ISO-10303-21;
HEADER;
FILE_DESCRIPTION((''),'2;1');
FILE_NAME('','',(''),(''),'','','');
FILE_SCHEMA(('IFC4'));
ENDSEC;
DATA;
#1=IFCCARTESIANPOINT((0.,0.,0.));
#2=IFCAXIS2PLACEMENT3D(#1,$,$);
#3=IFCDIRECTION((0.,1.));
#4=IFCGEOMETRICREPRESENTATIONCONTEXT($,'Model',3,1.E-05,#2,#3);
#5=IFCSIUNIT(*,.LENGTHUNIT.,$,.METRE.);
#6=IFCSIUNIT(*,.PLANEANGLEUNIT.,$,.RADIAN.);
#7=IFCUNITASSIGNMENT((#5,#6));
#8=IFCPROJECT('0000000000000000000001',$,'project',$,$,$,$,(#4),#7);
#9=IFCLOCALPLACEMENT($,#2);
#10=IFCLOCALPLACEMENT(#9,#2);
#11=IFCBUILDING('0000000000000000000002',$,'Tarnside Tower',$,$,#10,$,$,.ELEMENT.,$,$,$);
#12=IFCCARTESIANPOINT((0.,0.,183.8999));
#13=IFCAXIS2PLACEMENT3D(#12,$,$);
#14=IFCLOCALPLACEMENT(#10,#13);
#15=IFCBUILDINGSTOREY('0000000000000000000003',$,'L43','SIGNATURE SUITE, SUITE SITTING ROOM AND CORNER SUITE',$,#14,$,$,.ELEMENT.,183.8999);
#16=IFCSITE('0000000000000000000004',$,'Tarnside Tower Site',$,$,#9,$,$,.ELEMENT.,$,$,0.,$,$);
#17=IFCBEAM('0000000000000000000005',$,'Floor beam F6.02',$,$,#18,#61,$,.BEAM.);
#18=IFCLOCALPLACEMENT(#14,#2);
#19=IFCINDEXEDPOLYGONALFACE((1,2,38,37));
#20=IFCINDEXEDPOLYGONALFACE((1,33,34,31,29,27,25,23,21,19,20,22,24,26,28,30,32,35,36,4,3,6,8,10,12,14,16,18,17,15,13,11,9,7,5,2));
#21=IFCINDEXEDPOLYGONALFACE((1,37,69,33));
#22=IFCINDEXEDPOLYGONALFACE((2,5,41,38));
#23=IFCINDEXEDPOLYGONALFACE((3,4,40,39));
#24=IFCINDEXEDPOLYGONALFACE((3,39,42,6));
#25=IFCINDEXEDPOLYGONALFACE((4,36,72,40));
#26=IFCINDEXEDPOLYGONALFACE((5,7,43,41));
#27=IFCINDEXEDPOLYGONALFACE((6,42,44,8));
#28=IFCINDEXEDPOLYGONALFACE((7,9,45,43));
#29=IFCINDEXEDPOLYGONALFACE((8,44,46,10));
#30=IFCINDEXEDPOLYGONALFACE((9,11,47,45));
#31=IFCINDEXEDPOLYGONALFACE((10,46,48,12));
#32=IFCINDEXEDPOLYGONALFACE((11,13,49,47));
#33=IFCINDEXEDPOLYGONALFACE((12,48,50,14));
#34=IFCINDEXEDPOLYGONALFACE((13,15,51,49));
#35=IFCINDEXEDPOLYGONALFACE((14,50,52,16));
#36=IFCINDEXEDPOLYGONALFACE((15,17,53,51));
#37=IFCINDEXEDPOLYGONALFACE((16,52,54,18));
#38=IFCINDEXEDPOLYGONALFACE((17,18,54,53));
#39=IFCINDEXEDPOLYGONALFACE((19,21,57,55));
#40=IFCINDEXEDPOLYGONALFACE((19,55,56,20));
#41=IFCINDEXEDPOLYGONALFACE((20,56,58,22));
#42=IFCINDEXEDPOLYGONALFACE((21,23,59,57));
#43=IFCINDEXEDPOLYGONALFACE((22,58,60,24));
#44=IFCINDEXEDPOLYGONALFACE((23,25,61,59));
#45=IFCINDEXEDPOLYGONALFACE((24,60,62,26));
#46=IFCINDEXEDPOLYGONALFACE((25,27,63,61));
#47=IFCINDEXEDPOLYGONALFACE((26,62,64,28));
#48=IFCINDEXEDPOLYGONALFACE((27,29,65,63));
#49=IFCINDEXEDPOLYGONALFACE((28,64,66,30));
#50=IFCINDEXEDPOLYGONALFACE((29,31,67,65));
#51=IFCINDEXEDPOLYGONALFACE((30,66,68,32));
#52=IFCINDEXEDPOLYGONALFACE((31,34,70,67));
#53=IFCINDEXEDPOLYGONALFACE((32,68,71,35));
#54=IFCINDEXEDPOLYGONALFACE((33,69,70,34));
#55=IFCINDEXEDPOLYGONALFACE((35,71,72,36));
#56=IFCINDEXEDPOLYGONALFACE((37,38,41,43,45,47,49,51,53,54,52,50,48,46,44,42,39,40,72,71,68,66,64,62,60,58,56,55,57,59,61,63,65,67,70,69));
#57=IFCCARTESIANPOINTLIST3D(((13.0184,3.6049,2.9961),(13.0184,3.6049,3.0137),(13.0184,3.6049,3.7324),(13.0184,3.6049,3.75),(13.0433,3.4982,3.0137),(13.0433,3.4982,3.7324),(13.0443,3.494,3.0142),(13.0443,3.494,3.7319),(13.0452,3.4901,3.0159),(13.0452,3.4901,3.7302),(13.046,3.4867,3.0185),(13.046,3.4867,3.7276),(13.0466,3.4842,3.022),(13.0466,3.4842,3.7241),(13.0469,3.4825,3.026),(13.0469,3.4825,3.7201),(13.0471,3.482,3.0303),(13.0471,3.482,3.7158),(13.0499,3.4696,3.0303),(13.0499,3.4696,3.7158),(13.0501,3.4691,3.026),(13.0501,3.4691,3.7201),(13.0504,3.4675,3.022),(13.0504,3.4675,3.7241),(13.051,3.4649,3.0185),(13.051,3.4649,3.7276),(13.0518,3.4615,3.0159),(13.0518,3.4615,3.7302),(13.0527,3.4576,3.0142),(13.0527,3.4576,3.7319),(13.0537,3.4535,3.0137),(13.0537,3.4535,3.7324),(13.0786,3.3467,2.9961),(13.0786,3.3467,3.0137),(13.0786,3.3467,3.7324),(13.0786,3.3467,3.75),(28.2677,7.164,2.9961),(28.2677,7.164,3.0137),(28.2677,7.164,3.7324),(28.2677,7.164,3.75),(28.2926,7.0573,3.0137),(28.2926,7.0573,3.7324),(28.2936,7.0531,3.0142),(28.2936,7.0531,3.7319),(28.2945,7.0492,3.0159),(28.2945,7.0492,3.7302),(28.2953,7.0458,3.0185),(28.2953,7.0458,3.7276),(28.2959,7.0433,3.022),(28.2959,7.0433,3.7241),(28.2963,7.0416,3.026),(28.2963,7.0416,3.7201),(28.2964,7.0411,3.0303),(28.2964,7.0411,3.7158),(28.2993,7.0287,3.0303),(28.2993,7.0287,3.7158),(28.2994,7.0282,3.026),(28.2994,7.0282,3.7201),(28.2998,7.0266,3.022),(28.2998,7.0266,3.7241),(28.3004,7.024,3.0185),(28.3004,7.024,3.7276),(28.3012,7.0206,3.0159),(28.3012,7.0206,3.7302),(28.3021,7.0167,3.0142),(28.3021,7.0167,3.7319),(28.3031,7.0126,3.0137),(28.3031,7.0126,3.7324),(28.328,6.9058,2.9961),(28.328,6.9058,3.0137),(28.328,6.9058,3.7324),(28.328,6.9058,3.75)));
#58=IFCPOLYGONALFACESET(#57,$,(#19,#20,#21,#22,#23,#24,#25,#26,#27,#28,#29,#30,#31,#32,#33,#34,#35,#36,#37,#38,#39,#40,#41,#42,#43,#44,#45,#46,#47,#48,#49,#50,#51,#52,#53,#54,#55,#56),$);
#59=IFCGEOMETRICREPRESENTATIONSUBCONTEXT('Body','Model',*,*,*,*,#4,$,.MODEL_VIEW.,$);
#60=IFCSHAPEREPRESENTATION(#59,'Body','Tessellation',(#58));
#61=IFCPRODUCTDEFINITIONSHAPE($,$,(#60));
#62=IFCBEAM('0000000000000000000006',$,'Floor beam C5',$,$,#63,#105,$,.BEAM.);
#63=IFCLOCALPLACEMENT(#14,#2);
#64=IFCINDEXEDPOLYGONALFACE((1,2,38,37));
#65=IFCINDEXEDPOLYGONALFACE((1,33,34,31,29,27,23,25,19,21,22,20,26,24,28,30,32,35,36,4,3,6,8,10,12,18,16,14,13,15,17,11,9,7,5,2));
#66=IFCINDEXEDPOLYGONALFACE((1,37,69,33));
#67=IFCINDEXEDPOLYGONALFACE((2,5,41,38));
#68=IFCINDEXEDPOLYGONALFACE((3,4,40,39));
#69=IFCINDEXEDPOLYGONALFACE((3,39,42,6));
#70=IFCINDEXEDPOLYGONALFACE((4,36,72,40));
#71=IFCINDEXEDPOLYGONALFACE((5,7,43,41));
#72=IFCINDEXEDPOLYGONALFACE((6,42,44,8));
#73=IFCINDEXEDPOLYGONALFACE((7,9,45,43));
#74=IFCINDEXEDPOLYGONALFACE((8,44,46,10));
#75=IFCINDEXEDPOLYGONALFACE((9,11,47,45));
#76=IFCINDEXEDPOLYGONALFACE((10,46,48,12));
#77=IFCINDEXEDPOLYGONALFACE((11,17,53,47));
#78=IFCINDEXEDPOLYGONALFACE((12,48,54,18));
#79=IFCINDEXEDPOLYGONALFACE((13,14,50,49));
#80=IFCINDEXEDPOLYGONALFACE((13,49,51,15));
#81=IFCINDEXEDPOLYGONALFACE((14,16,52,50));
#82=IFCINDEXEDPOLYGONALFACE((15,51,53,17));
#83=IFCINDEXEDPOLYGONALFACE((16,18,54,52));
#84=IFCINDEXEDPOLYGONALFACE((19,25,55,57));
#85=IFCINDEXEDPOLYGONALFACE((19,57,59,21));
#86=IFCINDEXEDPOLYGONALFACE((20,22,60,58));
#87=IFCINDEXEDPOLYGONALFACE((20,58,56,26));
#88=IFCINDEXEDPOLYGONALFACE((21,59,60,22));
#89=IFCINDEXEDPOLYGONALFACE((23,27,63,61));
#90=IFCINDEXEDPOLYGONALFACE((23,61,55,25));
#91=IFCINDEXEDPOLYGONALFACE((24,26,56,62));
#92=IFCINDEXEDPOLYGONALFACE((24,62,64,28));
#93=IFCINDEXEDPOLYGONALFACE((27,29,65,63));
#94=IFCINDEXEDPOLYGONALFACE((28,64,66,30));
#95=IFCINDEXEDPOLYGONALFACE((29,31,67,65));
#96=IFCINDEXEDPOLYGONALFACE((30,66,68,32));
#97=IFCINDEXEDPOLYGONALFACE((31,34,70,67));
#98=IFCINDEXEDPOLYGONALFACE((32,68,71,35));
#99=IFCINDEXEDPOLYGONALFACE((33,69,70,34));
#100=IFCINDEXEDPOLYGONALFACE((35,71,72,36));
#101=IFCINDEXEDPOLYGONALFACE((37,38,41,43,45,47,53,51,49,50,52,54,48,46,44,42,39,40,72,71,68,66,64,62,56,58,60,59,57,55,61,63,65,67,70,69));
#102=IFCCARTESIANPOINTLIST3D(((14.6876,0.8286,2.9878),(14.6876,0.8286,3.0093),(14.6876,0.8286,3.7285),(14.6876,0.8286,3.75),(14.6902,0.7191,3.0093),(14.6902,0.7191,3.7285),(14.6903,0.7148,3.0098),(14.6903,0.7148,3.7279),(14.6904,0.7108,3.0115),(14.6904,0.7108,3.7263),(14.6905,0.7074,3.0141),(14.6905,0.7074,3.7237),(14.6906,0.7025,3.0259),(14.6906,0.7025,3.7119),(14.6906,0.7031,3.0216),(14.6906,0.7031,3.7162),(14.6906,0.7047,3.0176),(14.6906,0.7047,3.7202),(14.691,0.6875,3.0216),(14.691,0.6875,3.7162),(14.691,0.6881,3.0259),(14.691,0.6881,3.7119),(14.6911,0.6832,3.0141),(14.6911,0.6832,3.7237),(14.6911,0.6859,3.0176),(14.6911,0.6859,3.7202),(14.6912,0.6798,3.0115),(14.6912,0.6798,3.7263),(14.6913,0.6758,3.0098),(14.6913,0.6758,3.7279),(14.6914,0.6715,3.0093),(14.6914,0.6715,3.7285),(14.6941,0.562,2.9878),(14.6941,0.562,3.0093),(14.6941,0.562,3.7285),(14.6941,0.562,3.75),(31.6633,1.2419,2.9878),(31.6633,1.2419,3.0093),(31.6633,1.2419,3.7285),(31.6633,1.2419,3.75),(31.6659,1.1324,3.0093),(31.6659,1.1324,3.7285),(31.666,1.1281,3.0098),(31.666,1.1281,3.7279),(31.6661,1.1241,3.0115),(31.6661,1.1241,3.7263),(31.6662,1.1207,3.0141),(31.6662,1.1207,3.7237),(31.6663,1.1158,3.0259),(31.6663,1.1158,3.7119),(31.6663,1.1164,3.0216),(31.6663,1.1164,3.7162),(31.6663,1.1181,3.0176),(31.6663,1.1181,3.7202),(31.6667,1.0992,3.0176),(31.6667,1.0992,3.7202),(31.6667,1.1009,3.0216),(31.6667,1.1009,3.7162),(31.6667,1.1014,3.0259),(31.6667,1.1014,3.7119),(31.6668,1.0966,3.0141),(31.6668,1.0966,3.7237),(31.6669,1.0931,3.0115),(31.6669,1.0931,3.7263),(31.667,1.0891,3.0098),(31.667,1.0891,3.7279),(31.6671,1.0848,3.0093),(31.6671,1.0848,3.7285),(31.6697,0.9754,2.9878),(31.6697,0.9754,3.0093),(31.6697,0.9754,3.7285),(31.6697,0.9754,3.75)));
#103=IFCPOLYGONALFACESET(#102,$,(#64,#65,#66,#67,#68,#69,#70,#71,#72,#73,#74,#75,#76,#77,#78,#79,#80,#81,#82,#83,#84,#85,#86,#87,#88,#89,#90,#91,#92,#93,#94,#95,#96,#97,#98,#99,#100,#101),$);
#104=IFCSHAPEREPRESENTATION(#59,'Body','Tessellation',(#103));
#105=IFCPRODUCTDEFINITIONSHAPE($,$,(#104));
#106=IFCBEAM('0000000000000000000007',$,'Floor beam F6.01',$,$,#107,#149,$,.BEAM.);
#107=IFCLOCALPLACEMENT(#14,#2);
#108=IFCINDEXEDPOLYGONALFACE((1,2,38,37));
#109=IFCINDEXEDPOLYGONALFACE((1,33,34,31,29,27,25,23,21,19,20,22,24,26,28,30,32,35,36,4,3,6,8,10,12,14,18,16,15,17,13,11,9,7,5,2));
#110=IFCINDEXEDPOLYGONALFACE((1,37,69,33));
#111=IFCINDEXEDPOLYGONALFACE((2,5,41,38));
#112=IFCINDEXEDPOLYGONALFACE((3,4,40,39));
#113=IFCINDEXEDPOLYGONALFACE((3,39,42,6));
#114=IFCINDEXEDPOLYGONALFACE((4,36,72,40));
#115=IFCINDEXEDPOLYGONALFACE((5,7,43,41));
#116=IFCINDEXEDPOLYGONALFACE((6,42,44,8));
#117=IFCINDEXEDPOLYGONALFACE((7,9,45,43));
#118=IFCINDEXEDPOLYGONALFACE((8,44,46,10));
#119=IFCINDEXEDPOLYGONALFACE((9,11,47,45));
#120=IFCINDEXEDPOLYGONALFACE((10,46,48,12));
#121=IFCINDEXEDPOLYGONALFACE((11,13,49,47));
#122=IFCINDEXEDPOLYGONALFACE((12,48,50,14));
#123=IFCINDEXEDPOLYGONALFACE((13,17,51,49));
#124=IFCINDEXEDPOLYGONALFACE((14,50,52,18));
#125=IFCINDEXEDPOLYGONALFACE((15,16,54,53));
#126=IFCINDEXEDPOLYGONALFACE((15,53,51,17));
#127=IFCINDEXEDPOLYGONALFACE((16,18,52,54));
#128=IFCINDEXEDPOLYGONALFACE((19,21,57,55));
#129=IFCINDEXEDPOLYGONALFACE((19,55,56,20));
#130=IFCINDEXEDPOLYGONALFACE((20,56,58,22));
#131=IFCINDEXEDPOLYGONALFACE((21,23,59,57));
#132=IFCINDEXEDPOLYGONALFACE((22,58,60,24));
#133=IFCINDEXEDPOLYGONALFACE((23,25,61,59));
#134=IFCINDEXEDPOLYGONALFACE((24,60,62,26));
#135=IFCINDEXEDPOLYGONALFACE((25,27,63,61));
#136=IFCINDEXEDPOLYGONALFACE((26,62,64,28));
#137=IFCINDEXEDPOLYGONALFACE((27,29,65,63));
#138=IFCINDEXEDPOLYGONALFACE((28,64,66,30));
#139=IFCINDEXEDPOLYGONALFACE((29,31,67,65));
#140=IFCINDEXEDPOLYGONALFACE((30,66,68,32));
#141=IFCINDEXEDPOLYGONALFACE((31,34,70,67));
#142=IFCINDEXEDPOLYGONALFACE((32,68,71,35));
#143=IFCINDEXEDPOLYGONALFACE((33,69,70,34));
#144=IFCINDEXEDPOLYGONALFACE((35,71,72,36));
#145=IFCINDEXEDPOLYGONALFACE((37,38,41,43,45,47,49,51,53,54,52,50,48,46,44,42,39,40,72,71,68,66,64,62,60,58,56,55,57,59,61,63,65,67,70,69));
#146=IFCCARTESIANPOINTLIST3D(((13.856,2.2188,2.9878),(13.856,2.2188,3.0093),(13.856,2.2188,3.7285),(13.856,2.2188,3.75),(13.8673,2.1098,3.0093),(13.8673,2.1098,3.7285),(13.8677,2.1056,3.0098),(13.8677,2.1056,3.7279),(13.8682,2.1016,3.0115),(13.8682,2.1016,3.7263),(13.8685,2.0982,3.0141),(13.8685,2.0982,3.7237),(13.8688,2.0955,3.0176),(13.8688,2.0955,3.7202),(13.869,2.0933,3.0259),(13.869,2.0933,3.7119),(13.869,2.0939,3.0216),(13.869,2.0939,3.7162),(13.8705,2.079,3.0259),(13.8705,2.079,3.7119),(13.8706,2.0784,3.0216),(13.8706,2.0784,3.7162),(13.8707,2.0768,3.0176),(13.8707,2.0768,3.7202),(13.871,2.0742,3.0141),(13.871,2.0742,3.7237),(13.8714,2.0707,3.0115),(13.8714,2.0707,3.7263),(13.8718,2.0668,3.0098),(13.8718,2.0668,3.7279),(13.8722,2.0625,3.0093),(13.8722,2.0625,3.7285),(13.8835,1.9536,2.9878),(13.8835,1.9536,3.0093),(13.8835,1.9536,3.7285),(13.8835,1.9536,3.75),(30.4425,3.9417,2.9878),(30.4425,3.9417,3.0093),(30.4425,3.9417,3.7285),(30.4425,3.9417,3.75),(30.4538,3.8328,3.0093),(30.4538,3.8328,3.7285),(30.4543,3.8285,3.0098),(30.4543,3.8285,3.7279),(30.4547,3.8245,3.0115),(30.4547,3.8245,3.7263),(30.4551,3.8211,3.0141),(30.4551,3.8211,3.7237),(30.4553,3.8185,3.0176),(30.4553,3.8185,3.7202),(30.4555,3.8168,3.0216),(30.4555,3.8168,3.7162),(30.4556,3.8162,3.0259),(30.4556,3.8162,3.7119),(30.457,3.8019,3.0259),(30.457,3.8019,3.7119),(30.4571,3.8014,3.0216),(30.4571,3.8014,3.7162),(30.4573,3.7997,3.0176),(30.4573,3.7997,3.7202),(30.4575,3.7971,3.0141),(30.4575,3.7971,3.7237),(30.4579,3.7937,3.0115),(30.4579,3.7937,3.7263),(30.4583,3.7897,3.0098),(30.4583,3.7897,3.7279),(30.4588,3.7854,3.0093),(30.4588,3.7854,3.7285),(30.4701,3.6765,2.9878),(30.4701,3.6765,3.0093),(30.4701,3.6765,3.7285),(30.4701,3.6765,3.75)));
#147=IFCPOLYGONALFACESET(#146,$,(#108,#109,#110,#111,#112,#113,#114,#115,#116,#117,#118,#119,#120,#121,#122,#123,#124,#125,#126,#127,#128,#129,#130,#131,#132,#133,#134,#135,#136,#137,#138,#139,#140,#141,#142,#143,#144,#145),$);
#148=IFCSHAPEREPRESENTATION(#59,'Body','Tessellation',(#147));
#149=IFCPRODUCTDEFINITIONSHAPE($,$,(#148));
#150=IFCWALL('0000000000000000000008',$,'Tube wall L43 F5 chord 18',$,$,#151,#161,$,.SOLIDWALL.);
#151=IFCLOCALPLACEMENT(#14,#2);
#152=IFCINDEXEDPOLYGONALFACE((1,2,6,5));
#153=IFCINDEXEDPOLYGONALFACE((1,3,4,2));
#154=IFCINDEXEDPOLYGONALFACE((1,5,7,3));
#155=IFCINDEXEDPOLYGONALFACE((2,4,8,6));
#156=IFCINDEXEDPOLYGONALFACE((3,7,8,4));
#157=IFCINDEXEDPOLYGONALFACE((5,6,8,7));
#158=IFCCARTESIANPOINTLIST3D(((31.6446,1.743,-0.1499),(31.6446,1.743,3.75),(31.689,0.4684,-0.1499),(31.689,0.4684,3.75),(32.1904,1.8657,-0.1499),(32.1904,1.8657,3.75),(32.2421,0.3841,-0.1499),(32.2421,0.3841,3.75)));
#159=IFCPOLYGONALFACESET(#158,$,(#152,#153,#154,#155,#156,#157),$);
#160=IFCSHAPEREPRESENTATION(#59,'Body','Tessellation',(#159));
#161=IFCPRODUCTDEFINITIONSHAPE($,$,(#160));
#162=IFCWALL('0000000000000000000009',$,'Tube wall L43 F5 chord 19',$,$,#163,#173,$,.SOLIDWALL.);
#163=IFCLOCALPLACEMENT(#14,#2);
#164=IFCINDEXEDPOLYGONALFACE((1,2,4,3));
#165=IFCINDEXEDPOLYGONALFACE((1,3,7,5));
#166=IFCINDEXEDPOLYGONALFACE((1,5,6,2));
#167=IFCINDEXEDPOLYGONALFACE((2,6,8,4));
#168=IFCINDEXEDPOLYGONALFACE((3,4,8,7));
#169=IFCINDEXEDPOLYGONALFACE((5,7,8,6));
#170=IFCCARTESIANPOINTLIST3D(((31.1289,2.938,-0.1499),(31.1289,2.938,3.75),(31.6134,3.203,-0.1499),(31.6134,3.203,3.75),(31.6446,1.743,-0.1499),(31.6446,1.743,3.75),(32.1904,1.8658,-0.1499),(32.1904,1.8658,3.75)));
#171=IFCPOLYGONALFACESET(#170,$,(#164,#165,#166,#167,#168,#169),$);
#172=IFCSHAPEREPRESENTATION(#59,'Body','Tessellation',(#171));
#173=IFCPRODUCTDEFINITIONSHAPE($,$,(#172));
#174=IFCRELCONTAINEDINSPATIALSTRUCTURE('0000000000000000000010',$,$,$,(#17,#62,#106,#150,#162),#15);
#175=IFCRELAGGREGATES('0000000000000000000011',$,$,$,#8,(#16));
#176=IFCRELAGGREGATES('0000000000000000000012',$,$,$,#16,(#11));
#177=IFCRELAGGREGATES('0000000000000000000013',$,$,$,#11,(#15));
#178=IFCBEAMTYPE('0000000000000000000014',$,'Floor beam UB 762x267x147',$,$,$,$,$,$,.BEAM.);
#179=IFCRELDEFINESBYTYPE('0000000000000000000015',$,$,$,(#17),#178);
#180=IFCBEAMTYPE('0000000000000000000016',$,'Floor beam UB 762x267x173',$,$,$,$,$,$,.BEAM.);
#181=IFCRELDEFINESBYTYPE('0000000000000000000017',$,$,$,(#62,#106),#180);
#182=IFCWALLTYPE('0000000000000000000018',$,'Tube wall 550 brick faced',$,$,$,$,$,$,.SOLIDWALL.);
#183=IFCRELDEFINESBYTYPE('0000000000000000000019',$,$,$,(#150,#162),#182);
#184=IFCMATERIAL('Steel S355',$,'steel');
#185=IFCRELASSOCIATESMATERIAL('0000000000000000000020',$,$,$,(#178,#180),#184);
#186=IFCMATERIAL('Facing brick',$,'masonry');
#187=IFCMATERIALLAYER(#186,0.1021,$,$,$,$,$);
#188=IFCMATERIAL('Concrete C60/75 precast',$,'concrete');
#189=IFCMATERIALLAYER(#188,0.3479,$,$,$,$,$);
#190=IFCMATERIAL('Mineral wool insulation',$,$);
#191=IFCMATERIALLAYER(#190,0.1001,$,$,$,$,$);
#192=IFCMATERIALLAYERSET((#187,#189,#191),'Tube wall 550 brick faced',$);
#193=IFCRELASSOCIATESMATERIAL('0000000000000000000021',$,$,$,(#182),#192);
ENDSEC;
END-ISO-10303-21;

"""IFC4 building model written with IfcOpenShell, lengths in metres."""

from ifc_helpers import new_model, si_unit, direction, frame, origin, origin_2d, place, context, subcontext, project, spatial, polyline, i_section, outline, extrude, material, layer, layer_set, material_profile, profile_set, type_object, element, save


model = new_model("IFC4")

# Units and contexts
model_context = context("Model", 3, precision=1e-05, world=origin(), true_north=direction((0.0, 1.0)))
body_context = subcontext(model_context, "Body", "Model", "MODEL_VIEW")
ifc_project = project(units=[si_unit("LENGTHUNIT", "METRE"), si_unit("PLANEANGLEUNIT", "RADIAN")], contexts=[model_context])

# Site, building, storey
site_placement = place(None, origin())
site = spatial("IfcSite", under=ifc_project, at=site_placement, Name="Tarnside Tower Site", CompositionType="ELEMENT", RefElevation=0.0)
building_placement = place(site_placement, origin())
building = spatial("IfcBuilding", under=site, at=building_placement, Name="Tarnside Tower", CompositionType="ELEMENT")
storey_placement = place(building_placement, frame((0.0, 0.0, 183.8999)))
storey = spatial("IfcBuildingStorey", under=building, at=storey_placement, Name="L43", Description="SIGNATURE SUITE, SUITE SITTING ROOM AND CORNER SUITE", CompositionType="ELEMENT", Elevation=183.8999)

# Beams
ifc_material_1 = material(Name="Steel S355", Category="steel")
ifc_material_profile_1 = material_profile(ifc_material_1, i_section(OverallWidth=0.2651, OverallDepth=0.7539, WebThickness=0.0127, FlangeThickness=0.0176, FilletRadius=0.0166, at=origin_2d()), Name="UB 762x267x147")
ifc_profile_set_1 = profile_set([ifc_material_profile_1], Name="Steel S355")
beam_type_1 = type_object("IfcBeamType", Name="Floor beam UB 762x267x147", PredefinedType="BEAM", material=ifc_profile_set_1)
beam_1_placement = place(storey_placement, frame((28.2979, 7.0349, 3.373), z_axis=(-0.973828, -0.227285, 0.0), x_axis=(0.227285, -0.973828, 0.0)))
element("IfcBeam", 1, at=beam_1_placement, inside=storey, type_object=beam_type_1, Name="Floor beam F6.02", PredefinedType="BEAM", context=body_context, shape_type="SweptSolid", body=[
    extrude(i_section(OverallWidth=0.2651, OverallDepth=0.7539, WebThickness=0.0127, FlangeThickness=0.0176, FilletRadius=0.0166, at=origin_2d()), origin(), (0.0, 0.0, 1.0), 15.6592),
])
ifc_material_profile_2 = material_profile(ifc_material_1, i_section(OverallWidth=0.2666, OverallDepth=0.7622, WebThickness=0.0144, FlangeThickness=0.0215, FilletRadius=0.0166, at=origin_2d()), Name="UB 762x267x173")
ifc_profile_set_2 = profile_set([ifc_material_profile_2], Name="Steel S355")
beam_type_2 = type_object("IfcBeamType", Name="Floor beam UB 762x267x173", PredefinedType="BEAM", material=ifc_profile_set_2)
beam_2_placement = place(storey_placement, frame((31.6665, 1.1086, 3.3689), z_axis=(-0.999704, -0.024341, 0.0), x_axis=(0.024341, -0.999704, 0.0)))
element("IfcBeam", 2, at=beam_2_placement, inside=storey, type_object=beam_type_2, Name="Floor beam C5", PredefinedType="BEAM", context=body_context, shape_type="SweptSolid", body=[
    extrude(i_section(OverallWidth=0.2666, OverallDepth=0.7622, WebThickness=0.0144, FlangeThickness=0.0215, FilletRadius=0.0166, at=origin_2d()), origin(), (0.0, 0.0, 1.0), 16.9807),
])
beam_3_placement = place(storey_placement, frame((30.4563, 3.8091, 3.3689), z_axis=(-0.994648, -0.103318, 0.0), x_axis=(0.103318, -0.994648, 0.0)))
element("IfcBeam", 3, at=beam_3_placement, inside=storey, type_object=beam_type_2, Name="Floor beam F6.01", PredefinedType="BEAM", context=body_context, shape_type="SweptSolid", body=[
    extrude(i_section(OverallWidth=0.2666, OverallDepth=0.7622, WebThickness=0.0144, FlangeThickness=0.0215, FilletRadius=0.0166, at=origin_2d()), origin(), (0.0, 0.0, 1.0), 16.6758),
])

# Walls
ifc_material_2 = material(Name="Facing brick", Category="masonry")
ifc_layer_1 = layer(ifc_material_2, 0.1021)
ifc_material_3 = material(Name="Concrete C60/75 precast", Category="concrete")
ifc_layer_2 = layer(ifc_material_3, 0.3479)
ifc_material_4 = material(Name="Mineral wool insulation")
ifc_layer_3 = layer(ifc_material_4, 0.1001)
ifc_layer_set_1 = layer_set([ifc_layer_1, ifc_layer_2, ifc_layer_3], Name="Tube wall 550 brick faced")
wall_type = type_object("IfcWallType", Name="Tube wall 550 brick faced", PredefinedType="SOLIDWALL", material=ifc_layer_set_1)
wall_1_placement = place(storey_placement, frame((31.9656, 0.4263, -0.1499), z_axis=(0.0, 0.0, 1.0), x_axis=(-0.034877, 0.999392, 0.0)))
element("IfcWall", 4, at=wall_1_placement, inside=storey, type_object=wall_type, Name="Tube wall L43 F5 chord 18", PredefinedType="SOLIDWALL", context=body_context, shape_type="SweptSolid", body=[
    extrude(outline(polyline([(-0.0518, -0.2749), (1.4307, -0.2749), (1.3271, 0.2749), (0.0518, 0.2749), (-0.0518, -0.2749)])), origin(), (0.0, 0.0, 1.0), 3.8999),
])
wall_2_placement = place(storey_placement, frame((31.9175, 1.8044, -0.1499), z_axis=(0.0, 0.0, 1.0), x_axis=(-0.396226, 0.918153, 0.0)))
element("IfcWall", 5, at=wall_2_placement, inside=storey, type_object=wall_type, Name="Tube wall L43 F5 chord 19", PredefinedType="SOLIDWALL", context=body_context, shape_type="SweptSolid", body=[
    extrude(outline(polyline([(-0.0518, -0.2749), (1.4045, -0.2749), (1.3533, 0.2749), (0.0518, 0.2749), (-0.0518, -0.2749)])), origin(), (0.0, 0.0, 1.0), 3.8999),
])

save(model, "model.ifc")
